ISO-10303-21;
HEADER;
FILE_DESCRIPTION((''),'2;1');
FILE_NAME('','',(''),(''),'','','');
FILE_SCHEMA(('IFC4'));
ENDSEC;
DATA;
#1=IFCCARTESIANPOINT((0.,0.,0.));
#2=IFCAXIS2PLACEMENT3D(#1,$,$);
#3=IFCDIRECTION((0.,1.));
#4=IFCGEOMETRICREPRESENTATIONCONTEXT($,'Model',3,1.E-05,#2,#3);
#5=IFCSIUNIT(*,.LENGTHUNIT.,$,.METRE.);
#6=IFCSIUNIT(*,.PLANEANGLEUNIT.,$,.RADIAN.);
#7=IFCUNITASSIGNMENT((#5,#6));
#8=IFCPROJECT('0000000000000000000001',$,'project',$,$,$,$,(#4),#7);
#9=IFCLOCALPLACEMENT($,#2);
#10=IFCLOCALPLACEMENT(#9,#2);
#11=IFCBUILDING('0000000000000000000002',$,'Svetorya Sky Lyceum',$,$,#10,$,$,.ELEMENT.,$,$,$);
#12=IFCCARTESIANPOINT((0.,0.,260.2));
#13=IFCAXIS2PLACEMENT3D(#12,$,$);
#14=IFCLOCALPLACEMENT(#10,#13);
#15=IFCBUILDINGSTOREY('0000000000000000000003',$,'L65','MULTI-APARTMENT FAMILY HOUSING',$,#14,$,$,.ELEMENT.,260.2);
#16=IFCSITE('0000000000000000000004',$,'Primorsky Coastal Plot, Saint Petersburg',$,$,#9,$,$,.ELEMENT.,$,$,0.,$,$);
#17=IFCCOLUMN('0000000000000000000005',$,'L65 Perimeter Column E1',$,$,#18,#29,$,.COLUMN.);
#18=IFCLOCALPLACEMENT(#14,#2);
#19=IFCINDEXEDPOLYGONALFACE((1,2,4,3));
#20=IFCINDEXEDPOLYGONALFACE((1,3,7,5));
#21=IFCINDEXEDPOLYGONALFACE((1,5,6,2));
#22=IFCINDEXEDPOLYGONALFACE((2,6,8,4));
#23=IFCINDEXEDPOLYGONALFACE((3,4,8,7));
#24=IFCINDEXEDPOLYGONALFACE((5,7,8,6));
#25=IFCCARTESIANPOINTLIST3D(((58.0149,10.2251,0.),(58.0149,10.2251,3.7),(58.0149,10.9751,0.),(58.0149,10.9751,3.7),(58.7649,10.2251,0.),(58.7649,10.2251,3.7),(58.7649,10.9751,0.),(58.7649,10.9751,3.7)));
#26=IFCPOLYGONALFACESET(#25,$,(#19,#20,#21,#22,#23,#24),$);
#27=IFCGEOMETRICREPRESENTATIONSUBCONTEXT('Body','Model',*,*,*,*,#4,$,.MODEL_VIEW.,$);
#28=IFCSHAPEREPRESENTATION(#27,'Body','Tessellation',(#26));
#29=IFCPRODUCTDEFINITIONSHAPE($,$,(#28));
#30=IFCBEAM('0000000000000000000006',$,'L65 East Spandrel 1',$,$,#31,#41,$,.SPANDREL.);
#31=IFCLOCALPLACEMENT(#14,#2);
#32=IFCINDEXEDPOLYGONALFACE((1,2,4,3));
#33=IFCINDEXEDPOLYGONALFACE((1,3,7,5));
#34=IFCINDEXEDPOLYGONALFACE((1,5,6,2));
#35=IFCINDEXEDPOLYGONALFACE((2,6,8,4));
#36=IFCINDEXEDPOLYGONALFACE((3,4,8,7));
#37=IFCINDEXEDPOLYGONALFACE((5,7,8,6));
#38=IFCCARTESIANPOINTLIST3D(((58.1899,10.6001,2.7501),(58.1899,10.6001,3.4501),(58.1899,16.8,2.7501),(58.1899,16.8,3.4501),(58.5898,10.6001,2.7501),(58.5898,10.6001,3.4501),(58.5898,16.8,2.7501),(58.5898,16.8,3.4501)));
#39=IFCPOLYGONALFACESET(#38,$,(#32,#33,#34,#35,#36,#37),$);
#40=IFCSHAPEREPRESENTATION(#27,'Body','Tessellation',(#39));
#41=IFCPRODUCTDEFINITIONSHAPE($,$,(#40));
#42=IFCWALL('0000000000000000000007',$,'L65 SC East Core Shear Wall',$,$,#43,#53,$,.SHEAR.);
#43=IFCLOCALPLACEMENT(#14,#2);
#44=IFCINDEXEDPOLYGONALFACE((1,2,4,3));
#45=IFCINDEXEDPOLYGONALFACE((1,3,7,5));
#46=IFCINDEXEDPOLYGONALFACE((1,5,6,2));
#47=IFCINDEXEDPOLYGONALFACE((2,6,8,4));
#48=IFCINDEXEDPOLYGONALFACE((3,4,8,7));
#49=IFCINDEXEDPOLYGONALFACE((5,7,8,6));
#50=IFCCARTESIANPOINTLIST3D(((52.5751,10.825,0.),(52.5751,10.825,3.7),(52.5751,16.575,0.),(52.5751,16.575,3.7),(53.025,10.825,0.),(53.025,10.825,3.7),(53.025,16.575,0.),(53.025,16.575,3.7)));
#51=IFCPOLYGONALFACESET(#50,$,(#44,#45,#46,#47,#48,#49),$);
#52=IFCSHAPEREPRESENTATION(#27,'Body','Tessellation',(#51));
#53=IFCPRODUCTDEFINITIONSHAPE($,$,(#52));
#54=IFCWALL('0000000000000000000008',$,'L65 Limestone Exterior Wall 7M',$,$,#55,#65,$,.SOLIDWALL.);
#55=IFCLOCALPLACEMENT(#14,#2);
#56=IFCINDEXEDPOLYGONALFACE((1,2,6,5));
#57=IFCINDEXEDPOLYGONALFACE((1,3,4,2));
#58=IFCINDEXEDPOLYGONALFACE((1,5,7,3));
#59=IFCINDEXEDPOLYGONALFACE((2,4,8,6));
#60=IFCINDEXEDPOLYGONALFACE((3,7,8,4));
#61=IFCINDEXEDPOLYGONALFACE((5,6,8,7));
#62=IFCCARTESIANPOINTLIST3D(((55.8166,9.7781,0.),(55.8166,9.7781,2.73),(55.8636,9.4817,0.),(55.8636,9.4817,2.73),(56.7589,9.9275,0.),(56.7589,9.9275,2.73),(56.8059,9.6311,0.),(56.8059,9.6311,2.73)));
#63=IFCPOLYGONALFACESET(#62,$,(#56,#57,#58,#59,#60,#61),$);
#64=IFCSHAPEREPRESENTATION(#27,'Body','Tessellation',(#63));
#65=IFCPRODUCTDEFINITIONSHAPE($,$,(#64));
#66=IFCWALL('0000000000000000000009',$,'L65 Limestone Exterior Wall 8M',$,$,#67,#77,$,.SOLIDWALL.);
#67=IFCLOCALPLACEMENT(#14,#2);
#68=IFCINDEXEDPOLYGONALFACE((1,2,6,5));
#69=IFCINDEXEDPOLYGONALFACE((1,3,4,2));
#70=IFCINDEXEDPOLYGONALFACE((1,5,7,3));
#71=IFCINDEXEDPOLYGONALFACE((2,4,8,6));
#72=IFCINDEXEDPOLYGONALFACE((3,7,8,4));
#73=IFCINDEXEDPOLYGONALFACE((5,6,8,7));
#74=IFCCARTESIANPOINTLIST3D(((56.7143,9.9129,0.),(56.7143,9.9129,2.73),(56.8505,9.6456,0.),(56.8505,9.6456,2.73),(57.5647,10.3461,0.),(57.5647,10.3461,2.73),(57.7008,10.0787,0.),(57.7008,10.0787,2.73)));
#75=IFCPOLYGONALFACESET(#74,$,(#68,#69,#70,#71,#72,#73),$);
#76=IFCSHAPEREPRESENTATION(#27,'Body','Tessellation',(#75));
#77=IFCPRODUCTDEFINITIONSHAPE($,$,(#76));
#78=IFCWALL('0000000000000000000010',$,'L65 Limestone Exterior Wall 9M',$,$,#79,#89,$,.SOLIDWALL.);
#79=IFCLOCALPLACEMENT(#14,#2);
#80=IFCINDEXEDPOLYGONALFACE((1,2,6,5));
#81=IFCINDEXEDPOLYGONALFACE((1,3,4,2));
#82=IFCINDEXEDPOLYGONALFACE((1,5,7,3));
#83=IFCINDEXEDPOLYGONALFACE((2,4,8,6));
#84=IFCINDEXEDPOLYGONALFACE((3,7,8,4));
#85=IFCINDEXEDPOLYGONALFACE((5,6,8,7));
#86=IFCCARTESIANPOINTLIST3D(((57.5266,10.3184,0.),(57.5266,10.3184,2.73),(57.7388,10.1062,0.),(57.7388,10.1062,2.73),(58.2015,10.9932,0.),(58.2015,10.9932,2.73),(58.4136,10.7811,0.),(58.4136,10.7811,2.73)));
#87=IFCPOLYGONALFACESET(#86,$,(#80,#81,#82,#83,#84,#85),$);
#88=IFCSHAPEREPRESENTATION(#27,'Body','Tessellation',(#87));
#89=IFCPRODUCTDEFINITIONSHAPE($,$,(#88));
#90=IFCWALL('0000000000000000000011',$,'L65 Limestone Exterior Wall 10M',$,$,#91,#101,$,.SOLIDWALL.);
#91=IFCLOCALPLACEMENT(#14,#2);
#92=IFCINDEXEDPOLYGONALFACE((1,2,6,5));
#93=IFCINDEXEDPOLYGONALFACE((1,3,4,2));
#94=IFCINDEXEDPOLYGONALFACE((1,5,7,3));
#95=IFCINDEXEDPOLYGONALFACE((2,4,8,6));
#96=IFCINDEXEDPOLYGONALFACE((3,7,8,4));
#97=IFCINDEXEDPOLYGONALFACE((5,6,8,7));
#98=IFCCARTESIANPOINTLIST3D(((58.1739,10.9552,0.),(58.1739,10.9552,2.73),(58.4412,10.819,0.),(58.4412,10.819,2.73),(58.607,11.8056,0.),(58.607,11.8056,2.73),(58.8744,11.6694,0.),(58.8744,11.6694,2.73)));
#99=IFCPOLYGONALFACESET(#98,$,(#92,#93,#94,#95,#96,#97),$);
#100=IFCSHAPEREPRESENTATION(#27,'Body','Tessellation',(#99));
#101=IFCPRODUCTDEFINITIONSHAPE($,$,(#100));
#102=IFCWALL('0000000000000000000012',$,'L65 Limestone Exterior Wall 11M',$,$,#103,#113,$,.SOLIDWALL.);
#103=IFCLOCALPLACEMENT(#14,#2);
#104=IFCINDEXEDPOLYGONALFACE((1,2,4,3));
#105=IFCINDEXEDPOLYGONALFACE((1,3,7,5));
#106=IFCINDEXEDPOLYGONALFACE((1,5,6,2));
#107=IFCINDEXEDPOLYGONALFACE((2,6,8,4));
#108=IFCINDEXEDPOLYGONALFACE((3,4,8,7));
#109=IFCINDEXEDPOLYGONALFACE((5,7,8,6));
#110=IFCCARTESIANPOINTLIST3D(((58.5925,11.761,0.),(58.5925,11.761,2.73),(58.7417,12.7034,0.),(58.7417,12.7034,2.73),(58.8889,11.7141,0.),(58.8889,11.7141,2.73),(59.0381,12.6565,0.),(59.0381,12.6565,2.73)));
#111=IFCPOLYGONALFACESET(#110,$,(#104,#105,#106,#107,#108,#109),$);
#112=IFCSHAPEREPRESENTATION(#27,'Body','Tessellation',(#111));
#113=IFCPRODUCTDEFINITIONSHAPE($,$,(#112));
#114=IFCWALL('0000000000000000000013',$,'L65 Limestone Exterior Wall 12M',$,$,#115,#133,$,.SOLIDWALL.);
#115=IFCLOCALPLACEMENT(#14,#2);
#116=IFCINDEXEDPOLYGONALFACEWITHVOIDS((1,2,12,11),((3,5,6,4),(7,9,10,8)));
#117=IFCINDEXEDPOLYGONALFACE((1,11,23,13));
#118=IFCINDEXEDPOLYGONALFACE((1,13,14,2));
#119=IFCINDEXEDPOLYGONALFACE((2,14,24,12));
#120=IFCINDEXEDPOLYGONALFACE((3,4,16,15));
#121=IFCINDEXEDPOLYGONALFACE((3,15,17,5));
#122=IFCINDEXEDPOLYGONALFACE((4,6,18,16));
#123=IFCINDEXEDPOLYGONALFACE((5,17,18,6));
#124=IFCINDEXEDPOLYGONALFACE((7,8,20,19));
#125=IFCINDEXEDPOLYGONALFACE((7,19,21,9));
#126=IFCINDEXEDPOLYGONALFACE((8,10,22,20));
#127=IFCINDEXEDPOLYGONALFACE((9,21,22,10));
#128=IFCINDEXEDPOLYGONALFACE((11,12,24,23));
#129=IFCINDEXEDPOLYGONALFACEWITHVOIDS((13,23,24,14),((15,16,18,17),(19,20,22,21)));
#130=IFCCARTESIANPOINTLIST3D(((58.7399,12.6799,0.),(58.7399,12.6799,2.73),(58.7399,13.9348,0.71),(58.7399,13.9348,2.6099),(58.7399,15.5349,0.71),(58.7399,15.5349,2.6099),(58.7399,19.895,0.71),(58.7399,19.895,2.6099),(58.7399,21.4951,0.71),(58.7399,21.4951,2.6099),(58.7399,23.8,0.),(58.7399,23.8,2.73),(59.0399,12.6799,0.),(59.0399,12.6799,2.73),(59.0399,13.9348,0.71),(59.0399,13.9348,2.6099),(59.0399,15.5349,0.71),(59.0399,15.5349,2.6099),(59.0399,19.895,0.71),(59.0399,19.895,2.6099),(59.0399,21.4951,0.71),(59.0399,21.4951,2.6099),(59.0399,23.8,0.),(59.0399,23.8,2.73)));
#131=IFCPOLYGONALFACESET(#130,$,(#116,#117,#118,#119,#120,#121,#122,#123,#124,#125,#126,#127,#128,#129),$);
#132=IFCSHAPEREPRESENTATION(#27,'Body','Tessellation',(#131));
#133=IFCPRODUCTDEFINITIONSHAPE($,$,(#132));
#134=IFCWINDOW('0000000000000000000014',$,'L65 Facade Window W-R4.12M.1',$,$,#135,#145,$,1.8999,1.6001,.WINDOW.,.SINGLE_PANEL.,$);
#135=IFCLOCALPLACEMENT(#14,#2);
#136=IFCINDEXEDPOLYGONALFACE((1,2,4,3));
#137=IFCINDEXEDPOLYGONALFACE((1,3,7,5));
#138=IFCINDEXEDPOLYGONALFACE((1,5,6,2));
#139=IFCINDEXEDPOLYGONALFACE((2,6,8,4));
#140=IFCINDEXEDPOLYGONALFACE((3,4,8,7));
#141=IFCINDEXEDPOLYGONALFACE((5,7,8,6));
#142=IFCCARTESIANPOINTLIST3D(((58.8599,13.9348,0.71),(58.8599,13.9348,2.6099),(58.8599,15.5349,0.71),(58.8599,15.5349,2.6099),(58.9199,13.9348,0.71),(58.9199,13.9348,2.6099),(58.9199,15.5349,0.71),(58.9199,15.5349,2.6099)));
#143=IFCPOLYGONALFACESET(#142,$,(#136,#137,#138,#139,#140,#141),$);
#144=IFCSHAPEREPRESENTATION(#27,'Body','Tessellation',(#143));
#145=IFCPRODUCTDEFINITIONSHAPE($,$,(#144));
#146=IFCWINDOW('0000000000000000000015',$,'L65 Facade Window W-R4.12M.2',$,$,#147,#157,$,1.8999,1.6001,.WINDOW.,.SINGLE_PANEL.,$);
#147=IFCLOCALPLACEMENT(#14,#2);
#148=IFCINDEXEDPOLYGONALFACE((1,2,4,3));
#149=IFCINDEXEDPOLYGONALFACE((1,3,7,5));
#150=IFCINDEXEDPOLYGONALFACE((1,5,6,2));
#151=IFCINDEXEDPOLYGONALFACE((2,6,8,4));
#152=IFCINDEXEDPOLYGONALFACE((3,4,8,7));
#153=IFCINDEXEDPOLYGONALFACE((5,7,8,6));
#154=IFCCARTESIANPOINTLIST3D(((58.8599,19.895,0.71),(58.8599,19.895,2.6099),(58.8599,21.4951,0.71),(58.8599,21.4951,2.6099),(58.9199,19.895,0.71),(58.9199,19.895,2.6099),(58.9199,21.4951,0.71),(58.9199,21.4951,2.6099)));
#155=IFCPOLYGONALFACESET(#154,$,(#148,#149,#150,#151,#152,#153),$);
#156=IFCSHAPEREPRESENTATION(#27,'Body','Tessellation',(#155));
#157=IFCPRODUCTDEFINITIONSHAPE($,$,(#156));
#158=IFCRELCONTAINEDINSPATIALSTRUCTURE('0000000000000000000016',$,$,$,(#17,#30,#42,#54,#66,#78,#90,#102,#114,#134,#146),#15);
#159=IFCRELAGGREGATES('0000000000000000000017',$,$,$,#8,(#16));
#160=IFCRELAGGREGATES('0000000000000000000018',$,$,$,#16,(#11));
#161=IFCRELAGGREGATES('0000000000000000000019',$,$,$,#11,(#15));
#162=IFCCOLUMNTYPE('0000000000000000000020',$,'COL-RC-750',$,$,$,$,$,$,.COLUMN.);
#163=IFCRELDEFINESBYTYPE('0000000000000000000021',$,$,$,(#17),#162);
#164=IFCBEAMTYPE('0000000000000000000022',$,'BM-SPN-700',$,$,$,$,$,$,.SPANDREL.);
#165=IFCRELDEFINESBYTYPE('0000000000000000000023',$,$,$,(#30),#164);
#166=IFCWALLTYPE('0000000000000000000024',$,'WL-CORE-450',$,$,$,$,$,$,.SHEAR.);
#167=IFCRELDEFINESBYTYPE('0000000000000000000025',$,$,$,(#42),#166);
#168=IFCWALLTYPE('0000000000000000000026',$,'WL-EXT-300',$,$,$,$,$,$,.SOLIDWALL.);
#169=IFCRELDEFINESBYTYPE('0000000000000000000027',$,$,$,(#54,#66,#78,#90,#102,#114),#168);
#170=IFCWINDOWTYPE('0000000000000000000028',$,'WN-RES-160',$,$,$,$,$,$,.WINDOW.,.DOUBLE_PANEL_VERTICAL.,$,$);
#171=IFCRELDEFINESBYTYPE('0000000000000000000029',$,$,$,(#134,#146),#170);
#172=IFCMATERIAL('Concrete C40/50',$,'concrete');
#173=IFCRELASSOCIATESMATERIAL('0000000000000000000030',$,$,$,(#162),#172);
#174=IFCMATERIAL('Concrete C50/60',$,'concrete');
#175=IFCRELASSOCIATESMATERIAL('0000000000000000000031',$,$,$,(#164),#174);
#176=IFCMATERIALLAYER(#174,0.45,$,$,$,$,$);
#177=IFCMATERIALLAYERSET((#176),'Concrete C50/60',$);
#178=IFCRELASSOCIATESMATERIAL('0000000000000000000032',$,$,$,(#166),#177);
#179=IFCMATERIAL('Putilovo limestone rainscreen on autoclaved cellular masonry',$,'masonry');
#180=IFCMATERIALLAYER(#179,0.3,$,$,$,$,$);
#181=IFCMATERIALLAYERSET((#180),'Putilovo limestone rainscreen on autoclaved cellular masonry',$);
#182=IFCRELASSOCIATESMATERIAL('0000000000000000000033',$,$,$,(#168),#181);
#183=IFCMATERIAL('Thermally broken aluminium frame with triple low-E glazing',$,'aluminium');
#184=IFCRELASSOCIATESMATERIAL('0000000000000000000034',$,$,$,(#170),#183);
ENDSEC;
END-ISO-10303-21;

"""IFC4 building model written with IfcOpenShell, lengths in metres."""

from ifc_helpers import new_model, si_unit, direction, frame, frame_2d, origin, origin_2d, place, context, subcontext, project, spatial, rectangle, extrude, material, layer, layer_set, material_profile, profile_set, type_object, element, fill, save


model = new_model("IFC4")

# Units and contexts
model_context = context("Model", 3, precision=1e-05, world=origin(), true_north=direction((0.0, 1.0)))
body_context = subcontext(model_context, "Body", "Model", "MODEL_VIEW")
ifc_project = project(units=[si_unit("LENGTHUNIT", "METRE"), si_unit("PLANEANGLEUNIT", "RADIAN")], contexts=[model_context])

# Site, building, storey
site_placement = place(None, origin())
site = spatial("IfcSite", under=ifc_project, at=site_placement, Name="Primorsky Coastal Plot, Saint Petersburg", CompositionType="ELEMENT", RefElevation=0.0)
building_placement = place(site_placement, origin())
building = spatial("IfcBuilding", under=site, at=building_placement, Name="Svetorya Sky Lyceum", CompositionType="ELEMENT")
storey_placement = place(building_placement, frame((0.0, 0.0, 260.2)))
storey = spatial("IfcBuildingStorey", under=building, at=storey_placement, Name="L65", Description="MULTI-APARTMENT FAMILY HOUSING", CompositionType="ELEMENT", Elevation=260.2)

# Column
ifc_material_1 = material(Name="Concrete C40/50", Category="concrete")
ifc_material_profile_1 = material_profile(ifc_material_1, rectangle(XDim=0.75, YDim=0.75, at=origin_2d()), Name="RC COL 750x750")
ifc_profile_set_1 = profile_set([ifc_material_profile_1], Name="Concrete C40/50")
column_type = type_object("IfcColumnType", Name="COL-RC-750", PredefinedType="COLUMN", material=ifc_profile_set_1)
column_placement = place(storey_placement, frame((58.3899, 10.6001, 0.0), z_axis=(0.0, 0.0, 1.0), x_axis=(1.0, 0.0, 0.0)))
element("IfcColumn", 1, at=column_placement, inside=storey, type_object=column_type, Name="L65 Perimeter Column E1", PredefinedType="COLUMN", context=body_context, shape_type="SweptSolid", body=[
    extrude(rectangle(XDim=0.75, YDim=0.75, at=origin_2d()), origin(), (0.0, 0.0, 1.0), 3.7),
])

# Beam
ifc_material_2 = material(Name="Concrete C50/60", Category="concrete")
ifc_material_profile_2 = material_profile(ifc_material_2, rectangle(XDim=0.3999, YDim=0.7, at=origin_2d()), Name="RC SPANDREL 400x700")
ifc_profile_set_2 = profile_set([ifc_material_profile_2], Name="Concrete C50/60")
beam_type = type_object("IfcBeamType", Name="BM-SPN-700", PredefinedType="SPANDREL", material=ifc_profile_set_2)
beam_placement = place(storey_placement, frame((58.3899, 10.6001, 3.1001), z_axis=(0.0, 1.0, 0.0), x_axis=(-1.0, 0.0, 0.0)))
element("IfcBeam", 2, at=beam_placement, inside=storey, type_object=beam_type, Name="L65 East Spandrel 1", PredefinedType="SPANDREL", context=body_context, shape_type="SweptSolid", body=[
    extrude(rectangle(XDim=0.3999, YDim=0.7, at=origin_2d()), origin(), (0.0, 0.0, 1.0), 6.2),
])

# Walls
ifc_layer_1 = layer(ifc_material_2, 0.45)
ifc_layer_set_1 = layer_set([ifc_layer_1], Name="Concrete C50/60")
wall_type_1 = type_object("IfcWallType", Name="WL-CORE-450", PredefinedType="SHEAR", material=ifc_layer_set_1)
wall_1_placement = place(storey_placement, frame((52.8, 10.825, 0.0), z_axis=(0.0, 0.0, 1.0), x_axis=(0.0, 1.0, 0.0)))
element("IfcWall", 3, at=wall_1_placement, inside=storey, type_object=wall_type_1, Name="L65 SC East Core Shear Wall", PredefinedType="SHEAR", context=body_context, shape_type="SweptSolid", body=[
    extrude(rectangle(XDim=5.75, YDim=0.45, at=frame_2d((2.875, 0.0))), origin(), (0.0, 0.0, 1.0), 3.7),
])
ifc_material_3 = material(Name="Putilovo limestone rainscreen on autoclaved cellular masonry", Category="masonry")
ifc_layer_2 = layer(ifc_material_3, 0.3)
ifc_layer_set_2 = layer_set([ifc_layer_2], Name="Putilovo limestone rainscreen on autoclaved cellular masonry")
wall_type_2 = type_object("IfcWallType", Name="WL-EXT-300", PredefinedType="SOLIDWALL", material=ifc_layer_set_2)
wall_2_placement = place(storey_placement, frame((55.8401, 9.6299, 0.0), z_axis=(0.0, 0.0, 1.0), x_axis=(0.987663, 0.156593, 0.0)))
element("IfcWall", 4, at=wall_2_placement, inside=storey, type_object=wall_type_2, Name="L65 Limestone Exterior Wall 7M", PredefinedType="SOLIDWALL", context=body_context, shape_type="SweptSolid", body=[
    extrude(rectangle(XDim=0.9541, YDim=0.3, at=frame_2d((0.4771, 0.0))), origin(), (0.0, 0.0, 1.0), 2.73),
])
for number, where, z_axis, x_axis, name in (
    (5, (56.7825, 9.7793, 0.0), (0.0, 0.0, 1.0), (0.891077, 0.453853, 0.0), "L65 Limestone Exterior Wall 8M"),
    (6, (57.6328, 10.2124, 0.0), (0.0, 0.0, 1.0), (0.707107, 0.707107, 0.0), "L65 Limestone Exterior Wall 9M"),
    (7, (58.3076, 10.8872, 0.0), (0.0, 0.0, 1.0), (0.453853, 0.891077, 0.0), "L65 Limestone Exterior Wall 10M"),
):
    element("IfcWall", number, at=place(storey_placement, frame(where, z_axis=z_axis, x_axis=x_axis)), inside=storey, type_object=wall_type_2, Name=name, PredefinedType="SOLIDWALL", context=body_context, shape_type="SweptSolid", body=[
        extrude(rectangle(XDim=0.9543, YDim=0.3, at=frame_2d((0.4771, 0.0))), origin(), (0.0, 0.0, 1.0), 2.73),
    ])
wall_3_placement = place(storey_placement, frame((58.7407, 11.7375, 0.0), z_axis=(0.0, 0.0, 1.0), x_axis=(0.156344, 0.987703, 0.0)))
element("IfcWall", 8, at=wall_3_placement, inside=storey, type_object=wall_type_2, Name="L65 Limestone Exterior Wall 11M", PredefinedType="SOLIDWALL", context=body_context, shape_type="SweptSolid", body=[
    extrude(rectangle(XDim=0.9541, YDim=0.3, at=frame_2d((0.4771, 0.0))), origin(), (0.0, 0.0, 1.0), 2.73),
])

# Wall, openings, windows
wall_4_placement = place(storey_placement, frame((58.8899, 12.6799, 0.0), z_axis=(0.0, 0.0, 1.0), x_axis=(0.0, 1.0, 0.0)))
wall_4 = element("IfcWall", 9, at=wall_4_placement, inside=storey, type_object=wall_type_2, Name="L65 Limestone Exterior Wall 12M", PredefinedType="SOLIDWALL", context=body_context, shape_type="SweptSolid", body=[
    extrude(rectangle(XDim=11.1201, YDim=0.3, at=frame_2d((5.5601, 0.0))), origin(), (0.0, 0.0, 1.0), 2.73),
])
opening_1_placement = place(wall_4_placement, frame((1.2549, 0.0, 0.71)))
opening_1 = element("IfcOpeningElement", 10, at=opening_1_placement, cuts=wall_4, PredefinedType="OPENING", context=body_context, shape_type="SweptSolid", body=[
    extrude(rectangle(XDim=1.6001, YDim=1.8999, at=frame_2d((0.8, 0.95))), frame((0.0, 0.1599, 0.0), z_axis=(0.0, -1.0, 0.0), x_axis=(1.0, 0.0, 0.0)), (0.0, 0.0, 1.0), 0.3201),
])
opening_2_placement = place(wall_4_placement, frame((7.2151, 0.0, 0.71)))
opening_2 = element("IfcOpeningElement", 11, at=opening_2_placement, cuts=wall_4, PredefinedType="OPENING", context=body_context, shape_type="SweptSolid", body=[
    extrude(rectangle(XDim=1.6001, YDim=1.8999, at=frame_2d((0.8, 0.95))), frame((0.0, 0.1599, 0.0), z_axis=(0.0, -1.0, 0.0), x_axis=(1.0, 0.0, 0.0)), (0.0, 0.0, 1.0), 0.3201),
])
ifc_material_4 = material(Name="Thermally broken aluminium frame with triple low-E glazing", Category="aluminium")
window_type = type_object("IfcWindowType", Name="WN-RES-160", PartitioningType="DOUBLE_PANEL_VERTICAL", PredefinedType="WINDOW", material=ifc_material_4)
window_1_placement = place(opening_1_placement, origin())
window_1 = element("IfcWindow", 12, at=window_1_placement, inside=storey, type_object=window_type, Name="L65 Facade Window W-R4.12M.1", OverallHeight=1.8999, OverallWidth=1.6001, PartitioningType="SINGLE_PANEL", PredefinedType="WINDOW", context=body_context, shape_type="SweptSolid", body=[
    extrude(rectangle(XDim=1.6001, YDim=1.8999, at=frame_2d((0.8, 0.95))), frame((0.0, 0.03, 0.0), z_axis=(0.0, -1.0, 0.0), x_axis=(1.0, 0.0, 0.0)), (0.0, 0.0, 1.0), 0.0601),
])
fill(opening_1, window_1)
window_2_placement = place(opening_2_placement, origin())
window_2 = element("IfcWindow", 13, at=window_2_placement, inside=storey, type_object=window_type, Name="L65 Facade Window W-R4.12M.2", OverallHeight=1.8999, OverallWidth=1.6001, PartitioningType="SINGLE_PANEL", PredefinedType="WINDOW", context=body_context, shape_type="SweptSolid", body=[
    extrude(rectangle(XDim=1.6001, YDim=1.8999, at=frame_2d((0.8, 0.95))), frame((0.0, 0.03, 0.0), z_axis=(0.0, -1.0, 0.0), x_axis=(1.0, 0.0, 0.0)), (0.0, 0.0, 1.0), 0.0601),
])
fill(opening_2, window_2)

save(model, "model.ifc")
